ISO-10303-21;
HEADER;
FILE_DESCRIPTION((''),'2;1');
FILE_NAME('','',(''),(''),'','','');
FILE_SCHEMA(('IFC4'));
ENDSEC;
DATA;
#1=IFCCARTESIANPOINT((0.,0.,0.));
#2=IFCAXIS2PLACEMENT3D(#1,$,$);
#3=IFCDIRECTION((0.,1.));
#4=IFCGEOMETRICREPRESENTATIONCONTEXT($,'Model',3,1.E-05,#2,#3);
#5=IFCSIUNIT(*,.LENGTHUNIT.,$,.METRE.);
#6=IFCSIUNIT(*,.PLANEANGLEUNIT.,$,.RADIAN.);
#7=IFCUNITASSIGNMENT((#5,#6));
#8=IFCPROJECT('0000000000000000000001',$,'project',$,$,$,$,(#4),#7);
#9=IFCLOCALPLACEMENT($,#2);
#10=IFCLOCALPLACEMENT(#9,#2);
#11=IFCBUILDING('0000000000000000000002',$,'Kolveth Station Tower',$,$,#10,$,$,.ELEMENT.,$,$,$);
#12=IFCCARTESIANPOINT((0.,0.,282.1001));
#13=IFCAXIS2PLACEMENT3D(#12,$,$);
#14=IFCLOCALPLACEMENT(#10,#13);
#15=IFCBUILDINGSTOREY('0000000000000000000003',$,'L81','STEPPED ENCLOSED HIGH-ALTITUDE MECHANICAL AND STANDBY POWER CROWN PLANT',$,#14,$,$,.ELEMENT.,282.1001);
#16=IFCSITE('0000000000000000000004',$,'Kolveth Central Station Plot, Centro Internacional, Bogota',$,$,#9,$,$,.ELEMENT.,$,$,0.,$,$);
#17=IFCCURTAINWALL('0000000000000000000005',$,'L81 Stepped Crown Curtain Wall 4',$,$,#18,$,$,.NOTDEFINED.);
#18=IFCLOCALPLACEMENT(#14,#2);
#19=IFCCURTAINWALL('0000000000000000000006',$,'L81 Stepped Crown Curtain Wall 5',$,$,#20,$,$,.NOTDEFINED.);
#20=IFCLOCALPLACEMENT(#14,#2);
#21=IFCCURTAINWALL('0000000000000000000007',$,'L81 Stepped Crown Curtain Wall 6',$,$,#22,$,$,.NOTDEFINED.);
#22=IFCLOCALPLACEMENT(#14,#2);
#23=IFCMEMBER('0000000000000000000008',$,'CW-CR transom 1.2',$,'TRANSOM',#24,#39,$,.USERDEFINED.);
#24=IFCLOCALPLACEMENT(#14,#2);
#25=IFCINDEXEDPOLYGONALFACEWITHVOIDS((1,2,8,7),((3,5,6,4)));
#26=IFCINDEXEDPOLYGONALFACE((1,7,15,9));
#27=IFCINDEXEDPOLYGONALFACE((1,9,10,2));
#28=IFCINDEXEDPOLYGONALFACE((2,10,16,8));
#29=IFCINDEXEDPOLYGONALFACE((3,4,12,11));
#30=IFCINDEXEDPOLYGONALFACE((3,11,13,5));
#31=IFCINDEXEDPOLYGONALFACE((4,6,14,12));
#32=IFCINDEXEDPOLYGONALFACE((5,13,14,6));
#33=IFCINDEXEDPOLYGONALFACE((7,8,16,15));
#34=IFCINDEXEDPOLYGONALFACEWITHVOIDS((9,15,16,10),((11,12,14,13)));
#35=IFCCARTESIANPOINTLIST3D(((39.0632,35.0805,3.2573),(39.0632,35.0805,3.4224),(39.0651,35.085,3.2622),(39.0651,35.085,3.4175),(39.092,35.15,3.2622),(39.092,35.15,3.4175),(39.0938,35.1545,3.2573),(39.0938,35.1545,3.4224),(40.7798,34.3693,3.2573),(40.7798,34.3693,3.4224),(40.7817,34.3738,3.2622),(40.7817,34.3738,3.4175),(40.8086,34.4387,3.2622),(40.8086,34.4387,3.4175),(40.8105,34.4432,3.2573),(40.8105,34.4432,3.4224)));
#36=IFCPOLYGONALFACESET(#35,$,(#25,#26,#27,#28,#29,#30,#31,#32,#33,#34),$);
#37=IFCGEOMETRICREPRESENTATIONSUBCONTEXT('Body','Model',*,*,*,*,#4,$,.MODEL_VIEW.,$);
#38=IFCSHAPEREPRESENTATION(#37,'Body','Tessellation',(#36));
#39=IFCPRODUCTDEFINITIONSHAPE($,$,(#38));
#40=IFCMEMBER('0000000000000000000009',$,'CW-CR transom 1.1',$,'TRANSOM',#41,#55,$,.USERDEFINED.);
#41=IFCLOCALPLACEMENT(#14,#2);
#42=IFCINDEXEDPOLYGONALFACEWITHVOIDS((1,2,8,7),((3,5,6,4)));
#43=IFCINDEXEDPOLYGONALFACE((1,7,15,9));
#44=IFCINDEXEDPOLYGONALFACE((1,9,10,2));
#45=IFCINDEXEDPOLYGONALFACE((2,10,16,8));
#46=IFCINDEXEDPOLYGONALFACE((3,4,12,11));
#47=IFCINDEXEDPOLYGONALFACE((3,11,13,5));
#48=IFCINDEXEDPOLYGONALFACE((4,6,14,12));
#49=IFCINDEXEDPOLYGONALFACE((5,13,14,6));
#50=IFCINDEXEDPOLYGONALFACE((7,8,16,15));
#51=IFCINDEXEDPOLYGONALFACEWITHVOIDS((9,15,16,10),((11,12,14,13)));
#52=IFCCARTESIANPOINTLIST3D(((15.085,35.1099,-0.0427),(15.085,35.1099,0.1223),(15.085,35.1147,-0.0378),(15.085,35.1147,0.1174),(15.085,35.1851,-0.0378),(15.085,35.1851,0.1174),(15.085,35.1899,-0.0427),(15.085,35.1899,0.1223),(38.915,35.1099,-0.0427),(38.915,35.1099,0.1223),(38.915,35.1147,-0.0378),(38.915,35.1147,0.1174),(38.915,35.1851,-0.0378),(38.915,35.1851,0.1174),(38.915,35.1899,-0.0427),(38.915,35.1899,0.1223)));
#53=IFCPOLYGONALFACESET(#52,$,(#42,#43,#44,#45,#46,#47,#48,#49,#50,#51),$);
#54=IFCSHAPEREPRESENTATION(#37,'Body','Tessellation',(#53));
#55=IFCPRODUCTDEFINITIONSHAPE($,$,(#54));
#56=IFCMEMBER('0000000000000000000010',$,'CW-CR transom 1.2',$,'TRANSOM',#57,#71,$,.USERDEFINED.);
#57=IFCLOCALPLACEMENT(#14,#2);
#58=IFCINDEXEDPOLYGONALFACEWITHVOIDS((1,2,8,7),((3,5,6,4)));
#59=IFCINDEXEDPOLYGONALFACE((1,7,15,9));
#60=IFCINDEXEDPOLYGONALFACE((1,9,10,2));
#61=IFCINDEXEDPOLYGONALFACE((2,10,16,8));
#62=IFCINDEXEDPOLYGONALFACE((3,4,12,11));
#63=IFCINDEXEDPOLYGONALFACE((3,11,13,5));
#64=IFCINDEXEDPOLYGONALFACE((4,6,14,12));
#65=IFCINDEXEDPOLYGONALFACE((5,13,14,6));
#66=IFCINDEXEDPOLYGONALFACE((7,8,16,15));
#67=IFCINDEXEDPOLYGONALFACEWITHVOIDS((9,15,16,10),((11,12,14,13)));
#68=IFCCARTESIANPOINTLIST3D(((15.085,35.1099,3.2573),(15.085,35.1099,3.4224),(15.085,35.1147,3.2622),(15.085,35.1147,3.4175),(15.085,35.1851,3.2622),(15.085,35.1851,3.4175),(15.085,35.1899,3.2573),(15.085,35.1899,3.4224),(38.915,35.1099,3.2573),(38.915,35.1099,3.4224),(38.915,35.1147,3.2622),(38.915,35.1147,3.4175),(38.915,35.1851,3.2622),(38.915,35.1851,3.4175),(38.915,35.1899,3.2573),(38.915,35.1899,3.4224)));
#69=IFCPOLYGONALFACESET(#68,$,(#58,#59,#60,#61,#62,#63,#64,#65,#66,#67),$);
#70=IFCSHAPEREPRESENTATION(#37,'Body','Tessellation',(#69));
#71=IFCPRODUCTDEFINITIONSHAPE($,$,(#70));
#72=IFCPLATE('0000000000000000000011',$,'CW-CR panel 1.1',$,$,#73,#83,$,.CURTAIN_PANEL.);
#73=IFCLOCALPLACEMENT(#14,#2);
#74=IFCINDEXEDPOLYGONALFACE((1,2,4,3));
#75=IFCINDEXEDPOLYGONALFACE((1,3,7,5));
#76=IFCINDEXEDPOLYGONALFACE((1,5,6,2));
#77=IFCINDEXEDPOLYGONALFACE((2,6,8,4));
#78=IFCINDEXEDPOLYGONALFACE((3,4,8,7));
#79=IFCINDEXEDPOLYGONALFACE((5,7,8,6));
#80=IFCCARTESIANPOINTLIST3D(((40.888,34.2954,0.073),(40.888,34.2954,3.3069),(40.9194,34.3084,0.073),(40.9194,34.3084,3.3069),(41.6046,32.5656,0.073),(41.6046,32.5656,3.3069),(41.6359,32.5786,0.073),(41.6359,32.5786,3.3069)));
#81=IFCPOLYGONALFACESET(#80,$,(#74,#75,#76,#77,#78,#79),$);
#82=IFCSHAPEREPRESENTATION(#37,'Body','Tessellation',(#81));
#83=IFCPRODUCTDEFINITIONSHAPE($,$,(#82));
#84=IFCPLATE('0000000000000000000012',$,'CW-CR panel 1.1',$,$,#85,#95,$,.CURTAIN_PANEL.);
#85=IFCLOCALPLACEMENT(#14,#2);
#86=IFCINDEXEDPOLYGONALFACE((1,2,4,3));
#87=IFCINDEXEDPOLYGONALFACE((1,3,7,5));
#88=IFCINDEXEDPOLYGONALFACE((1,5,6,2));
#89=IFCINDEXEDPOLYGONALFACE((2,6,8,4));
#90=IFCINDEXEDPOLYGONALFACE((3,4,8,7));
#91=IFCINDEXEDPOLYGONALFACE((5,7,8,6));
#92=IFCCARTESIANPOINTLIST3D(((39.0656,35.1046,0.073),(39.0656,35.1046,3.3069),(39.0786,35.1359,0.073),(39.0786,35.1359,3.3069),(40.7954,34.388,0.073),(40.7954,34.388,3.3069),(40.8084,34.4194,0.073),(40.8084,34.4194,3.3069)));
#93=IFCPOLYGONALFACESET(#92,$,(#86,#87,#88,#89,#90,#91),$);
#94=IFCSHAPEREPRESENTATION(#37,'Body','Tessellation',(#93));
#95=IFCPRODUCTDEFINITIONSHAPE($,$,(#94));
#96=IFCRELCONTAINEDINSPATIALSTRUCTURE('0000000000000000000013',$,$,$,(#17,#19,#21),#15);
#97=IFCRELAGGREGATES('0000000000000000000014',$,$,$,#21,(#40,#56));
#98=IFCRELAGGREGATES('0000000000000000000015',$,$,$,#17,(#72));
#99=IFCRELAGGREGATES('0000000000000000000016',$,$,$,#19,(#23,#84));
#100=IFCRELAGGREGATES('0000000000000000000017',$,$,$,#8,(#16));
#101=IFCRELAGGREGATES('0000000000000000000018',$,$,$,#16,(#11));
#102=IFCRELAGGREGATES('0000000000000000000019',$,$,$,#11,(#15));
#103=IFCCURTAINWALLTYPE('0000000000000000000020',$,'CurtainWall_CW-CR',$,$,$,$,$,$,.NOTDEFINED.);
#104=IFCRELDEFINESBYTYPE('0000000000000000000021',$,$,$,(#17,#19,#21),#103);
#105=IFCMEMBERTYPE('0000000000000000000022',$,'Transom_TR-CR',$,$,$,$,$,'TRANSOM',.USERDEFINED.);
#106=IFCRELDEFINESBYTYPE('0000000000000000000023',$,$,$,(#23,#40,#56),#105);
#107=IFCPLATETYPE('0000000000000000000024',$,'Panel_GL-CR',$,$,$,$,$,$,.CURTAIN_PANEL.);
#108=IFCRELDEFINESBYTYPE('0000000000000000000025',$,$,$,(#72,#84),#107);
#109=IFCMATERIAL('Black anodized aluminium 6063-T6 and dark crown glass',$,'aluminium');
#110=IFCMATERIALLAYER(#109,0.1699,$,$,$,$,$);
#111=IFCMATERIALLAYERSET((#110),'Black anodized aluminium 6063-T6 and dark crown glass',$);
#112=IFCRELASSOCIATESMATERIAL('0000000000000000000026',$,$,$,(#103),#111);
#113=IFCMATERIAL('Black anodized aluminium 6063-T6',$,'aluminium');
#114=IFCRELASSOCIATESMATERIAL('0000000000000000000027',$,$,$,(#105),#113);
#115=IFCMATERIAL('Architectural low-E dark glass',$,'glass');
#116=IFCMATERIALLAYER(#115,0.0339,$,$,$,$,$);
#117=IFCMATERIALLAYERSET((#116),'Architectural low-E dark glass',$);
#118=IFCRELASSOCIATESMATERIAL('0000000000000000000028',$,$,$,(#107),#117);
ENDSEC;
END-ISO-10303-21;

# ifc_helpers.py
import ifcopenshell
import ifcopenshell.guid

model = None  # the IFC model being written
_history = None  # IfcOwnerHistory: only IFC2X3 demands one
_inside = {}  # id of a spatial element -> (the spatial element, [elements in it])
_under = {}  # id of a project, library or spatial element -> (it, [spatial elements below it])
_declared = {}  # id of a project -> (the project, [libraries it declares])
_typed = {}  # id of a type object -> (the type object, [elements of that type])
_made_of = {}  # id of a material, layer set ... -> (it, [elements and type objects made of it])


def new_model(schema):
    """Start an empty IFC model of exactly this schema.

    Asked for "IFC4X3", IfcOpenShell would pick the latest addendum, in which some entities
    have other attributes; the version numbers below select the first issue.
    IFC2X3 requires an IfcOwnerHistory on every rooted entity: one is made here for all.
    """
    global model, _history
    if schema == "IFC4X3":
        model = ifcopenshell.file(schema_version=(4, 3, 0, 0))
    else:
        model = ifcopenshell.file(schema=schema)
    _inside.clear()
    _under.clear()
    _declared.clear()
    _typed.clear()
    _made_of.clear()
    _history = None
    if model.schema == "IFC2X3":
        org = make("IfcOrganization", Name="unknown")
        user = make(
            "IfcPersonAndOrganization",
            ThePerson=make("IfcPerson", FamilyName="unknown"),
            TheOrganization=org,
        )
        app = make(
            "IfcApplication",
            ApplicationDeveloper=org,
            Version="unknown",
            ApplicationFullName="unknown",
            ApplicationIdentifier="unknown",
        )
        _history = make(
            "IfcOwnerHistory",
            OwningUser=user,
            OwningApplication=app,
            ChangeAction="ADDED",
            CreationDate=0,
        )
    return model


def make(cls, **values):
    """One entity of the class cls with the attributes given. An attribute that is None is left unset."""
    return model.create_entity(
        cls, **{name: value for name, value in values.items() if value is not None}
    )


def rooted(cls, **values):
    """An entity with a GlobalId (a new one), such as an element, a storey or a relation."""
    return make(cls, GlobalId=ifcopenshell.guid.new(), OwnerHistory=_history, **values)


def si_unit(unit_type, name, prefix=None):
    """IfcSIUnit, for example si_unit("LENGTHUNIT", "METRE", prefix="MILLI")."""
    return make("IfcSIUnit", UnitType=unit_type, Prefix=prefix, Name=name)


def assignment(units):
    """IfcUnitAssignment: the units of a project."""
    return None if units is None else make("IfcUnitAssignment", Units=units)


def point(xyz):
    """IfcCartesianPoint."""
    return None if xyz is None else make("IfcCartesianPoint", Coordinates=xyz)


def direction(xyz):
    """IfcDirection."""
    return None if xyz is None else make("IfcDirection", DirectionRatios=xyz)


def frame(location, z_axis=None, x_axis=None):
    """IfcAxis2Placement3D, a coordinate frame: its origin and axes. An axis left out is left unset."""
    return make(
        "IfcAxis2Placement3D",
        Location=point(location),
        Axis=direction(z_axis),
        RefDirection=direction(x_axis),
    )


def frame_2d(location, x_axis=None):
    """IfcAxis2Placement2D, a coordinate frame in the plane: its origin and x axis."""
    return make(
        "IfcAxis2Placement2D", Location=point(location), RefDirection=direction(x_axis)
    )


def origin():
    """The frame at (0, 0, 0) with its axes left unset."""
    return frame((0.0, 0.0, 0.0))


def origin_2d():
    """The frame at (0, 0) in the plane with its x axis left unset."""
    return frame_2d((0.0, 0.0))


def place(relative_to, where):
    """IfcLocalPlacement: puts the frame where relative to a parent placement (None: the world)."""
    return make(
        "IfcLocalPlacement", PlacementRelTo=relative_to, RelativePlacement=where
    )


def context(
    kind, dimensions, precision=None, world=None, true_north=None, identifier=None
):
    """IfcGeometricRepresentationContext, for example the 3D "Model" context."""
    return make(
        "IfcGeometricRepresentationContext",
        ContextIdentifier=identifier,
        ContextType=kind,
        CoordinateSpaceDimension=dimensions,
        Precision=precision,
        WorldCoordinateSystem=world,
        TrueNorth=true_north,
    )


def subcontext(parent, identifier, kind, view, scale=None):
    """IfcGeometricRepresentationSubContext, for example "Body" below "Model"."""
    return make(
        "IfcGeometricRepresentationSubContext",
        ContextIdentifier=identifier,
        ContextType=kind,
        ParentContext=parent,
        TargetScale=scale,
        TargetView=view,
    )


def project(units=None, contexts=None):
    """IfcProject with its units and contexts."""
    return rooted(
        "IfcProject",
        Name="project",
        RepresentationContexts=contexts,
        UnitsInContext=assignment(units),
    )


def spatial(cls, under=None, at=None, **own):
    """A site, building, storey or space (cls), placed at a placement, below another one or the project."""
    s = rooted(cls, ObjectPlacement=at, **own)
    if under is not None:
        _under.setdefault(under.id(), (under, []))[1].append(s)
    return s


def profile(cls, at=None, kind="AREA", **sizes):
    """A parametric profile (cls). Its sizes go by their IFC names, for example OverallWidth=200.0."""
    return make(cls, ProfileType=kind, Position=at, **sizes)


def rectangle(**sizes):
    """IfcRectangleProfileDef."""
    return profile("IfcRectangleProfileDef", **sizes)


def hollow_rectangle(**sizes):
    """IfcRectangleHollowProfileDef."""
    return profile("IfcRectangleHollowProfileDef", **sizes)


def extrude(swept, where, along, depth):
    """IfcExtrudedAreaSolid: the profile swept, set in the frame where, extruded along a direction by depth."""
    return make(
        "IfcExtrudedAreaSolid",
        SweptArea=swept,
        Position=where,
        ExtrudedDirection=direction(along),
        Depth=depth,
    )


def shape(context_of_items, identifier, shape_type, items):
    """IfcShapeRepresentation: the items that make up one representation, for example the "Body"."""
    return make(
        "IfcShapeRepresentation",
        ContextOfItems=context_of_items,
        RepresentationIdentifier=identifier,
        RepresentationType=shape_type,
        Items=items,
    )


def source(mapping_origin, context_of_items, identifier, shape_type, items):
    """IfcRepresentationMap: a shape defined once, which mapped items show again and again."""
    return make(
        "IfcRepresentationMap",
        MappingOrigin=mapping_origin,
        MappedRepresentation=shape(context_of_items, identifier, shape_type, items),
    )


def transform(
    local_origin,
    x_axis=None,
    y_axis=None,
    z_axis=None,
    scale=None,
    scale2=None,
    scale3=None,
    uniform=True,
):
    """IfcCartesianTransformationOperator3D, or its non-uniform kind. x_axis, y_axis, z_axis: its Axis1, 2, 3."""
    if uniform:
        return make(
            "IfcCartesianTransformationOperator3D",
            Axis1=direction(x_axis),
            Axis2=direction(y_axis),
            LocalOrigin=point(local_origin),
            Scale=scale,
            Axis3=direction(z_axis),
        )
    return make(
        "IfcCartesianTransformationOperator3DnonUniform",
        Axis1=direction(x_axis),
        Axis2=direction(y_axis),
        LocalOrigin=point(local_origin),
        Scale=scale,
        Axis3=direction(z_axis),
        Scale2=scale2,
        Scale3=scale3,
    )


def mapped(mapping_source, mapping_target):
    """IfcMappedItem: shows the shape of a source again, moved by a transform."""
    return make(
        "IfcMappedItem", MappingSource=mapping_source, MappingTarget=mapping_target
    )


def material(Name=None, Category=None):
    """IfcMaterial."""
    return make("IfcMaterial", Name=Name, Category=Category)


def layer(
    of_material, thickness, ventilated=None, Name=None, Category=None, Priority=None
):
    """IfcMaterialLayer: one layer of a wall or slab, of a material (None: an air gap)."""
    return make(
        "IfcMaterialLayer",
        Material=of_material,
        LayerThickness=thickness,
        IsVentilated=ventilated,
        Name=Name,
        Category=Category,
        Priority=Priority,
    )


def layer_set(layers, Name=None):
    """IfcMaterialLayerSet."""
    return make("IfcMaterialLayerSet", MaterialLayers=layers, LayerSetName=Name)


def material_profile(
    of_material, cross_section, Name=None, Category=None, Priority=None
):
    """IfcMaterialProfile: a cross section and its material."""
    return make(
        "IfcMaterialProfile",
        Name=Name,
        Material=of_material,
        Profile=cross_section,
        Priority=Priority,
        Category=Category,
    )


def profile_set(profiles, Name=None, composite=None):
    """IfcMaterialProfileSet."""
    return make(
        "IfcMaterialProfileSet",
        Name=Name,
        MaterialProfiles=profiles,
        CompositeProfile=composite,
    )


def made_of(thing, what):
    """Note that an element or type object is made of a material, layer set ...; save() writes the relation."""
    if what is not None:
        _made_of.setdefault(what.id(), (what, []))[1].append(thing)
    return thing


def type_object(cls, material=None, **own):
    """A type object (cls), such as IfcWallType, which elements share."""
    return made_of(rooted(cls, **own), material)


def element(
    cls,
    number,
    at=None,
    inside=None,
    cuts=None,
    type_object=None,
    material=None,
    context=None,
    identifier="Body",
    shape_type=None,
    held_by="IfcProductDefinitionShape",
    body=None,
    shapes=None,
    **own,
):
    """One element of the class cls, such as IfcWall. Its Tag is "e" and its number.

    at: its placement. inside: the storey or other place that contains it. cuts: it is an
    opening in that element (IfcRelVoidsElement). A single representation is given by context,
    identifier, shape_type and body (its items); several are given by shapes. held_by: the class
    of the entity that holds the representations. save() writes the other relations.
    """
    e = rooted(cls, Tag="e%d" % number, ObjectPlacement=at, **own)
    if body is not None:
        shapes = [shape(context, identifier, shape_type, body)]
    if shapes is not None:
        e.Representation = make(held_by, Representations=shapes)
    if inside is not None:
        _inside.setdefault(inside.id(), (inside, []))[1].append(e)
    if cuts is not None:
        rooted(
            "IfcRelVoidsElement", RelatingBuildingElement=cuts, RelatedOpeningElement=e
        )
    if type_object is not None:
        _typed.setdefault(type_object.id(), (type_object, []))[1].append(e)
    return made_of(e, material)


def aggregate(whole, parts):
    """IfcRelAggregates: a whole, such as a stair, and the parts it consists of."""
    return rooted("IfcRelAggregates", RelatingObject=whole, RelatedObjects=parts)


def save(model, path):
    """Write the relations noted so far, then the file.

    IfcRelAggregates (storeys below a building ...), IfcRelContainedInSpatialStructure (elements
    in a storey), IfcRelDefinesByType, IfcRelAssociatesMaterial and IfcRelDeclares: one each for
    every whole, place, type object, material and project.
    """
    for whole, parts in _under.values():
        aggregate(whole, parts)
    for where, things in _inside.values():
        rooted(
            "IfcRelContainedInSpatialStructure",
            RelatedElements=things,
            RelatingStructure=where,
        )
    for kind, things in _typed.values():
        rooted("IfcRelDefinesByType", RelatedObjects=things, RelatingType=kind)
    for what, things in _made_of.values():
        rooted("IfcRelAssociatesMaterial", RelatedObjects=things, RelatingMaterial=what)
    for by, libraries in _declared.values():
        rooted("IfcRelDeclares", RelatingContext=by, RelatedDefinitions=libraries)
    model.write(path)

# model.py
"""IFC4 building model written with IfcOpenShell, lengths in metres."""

from ifc_helpers import new_model, si_unit, direction, frame, origin, origin_2d, place, context, subcontext, project, spatial, rectangle, hollow_rectangle, extrude, source, transform, mapped, material, layer, layer_set, material_profile, profile_set, type_object, element, aggregate, save


model = new_model("IFC4")

# Units and contexts
model_context = context("Model", 3, precision=1e-05, world=origin(), true_north=direction((0.0, 1.0)))
body_context = subcontext(model_context, "Body", "Model", "MODEL_VIEW")
ifc_project = project(units=[si_unit("LENGTHUNIT", "METRE"), si_unit("PLANEANGLEUNIT", "RADIAN")], contexts=[model_context])

# Site, building, storey
site_placement = place(None, origin())
site = spatial("IfcSite", under=ifc_project, at=site_placement, Name="Kolveth Central Station Plot, Centro Internacional, Bogota", CompositionType="ELEMENT", RefElevation=0.0)
building_placement = place(site_placement, origin())
building = spatial("IfcBuilding", under=site, at=building_placement, Name="Kolveth Station Tower", CompositionType="ELEMENT")
storey_placement = place(building_placement, frame((0.0, 0.0, 282.1001)))
storey = spatial("IfcBuildingStorey", under=building, at=storey_placement, Name="L81", Description="STEPPED ENCLOSED HIGH-ALTITUDE MECHANICAL AND STANDBY POWER CROWN PLANT", CompositionType="ELEMENT", Elevation=282.1001)

# Shared definitions
ifc_material_1 = material(Name="Black anodized aluminium 6063-T6 and dark crown glass", Category="aluminium")
ifc_layer_1 = layer(ifc_material_1, 0.1699)
ifc_layer_set_1 = layer_set([ifc_layer_1], Name="Black anodized aluminium 6063-T6 and dark crown glass")
curtain_wall_type = type_object("IfcCurtainWallType", Name="CurtainWall_CW-CR", PredefinedType="NOTDEFINED", material=ifc_layer_set_1)
ifc_material_2 = material(Name="Black anodized aluminium 6063-T6", Category="aluminium")

# Curtain walls
curtain_wall_1_placement = place(storey_placement, origin())
curtain_wall_1 = element("IfcCurtainWall", 1, at=curtain_wall_1_placement, inside=storey, type_object=curtain_wall_type, Name="L81 Stepped Crown Curtain Wall 4", PredefinedType="NOTDEFINED")
curtain_wall_2_placement = place(storey_placement, origin())
curtain_wall_2 = element("IfcCurtainWall", 2, at=curtain_wall_2_placement, inside=storey, type_object=curtain_wall_type, Name="L81 Stepped Crown Curtain Wall 5", PredefinedType="NOTDEFINED")

# Curtain wall
curtain_wall_3_placement = place(storey_placement, origin())
curtain_wall_3 = element("IfcCurtainWall", 3, at=curtain_wall_3_placement, inside=storey, type_object=curtain_wall_type, Name="L81 Stepped Crown Curtain Wall 6", PredefinedType="NOTDEFINED")

# Members
ifc_material_profile_1 = material_profile(ifc_material_2, hollow_rectangle(XDim=0.0801, YDim=0.165, WallThickness=0.0049, at=origin_2d()), Name="ALU-80x165x5")
ifc_profile_set_1 = profile_set([ifc_material_profile_1], Name="Black anodized aluminium 6063-T6")
member_type_1 = type_object("IfcMemberType", Name="Transom_TR-CR", ElementType="TRANSOM", PredefinedType="USERDEFINED", material=ifc_profile_set_1)
shared_shape_1 = source(origin(), body_context, "Body", "SweptSolid", [
    extrude(hollow_rectangle(XDim=0.0801, YDim=0.165, WallThickness=0.0049, at=origin_2d()), origin(), (0.0, 0.0, 1.0), 1.8582),
])
member_1_placement = place(storey_placement, frame((40.7952, 34.4062, 3.3398), z_axis=(-0.923849, 0.382758, 0.0), x_axis=(-0.382758, -0.923849, 0.0)))
member_1 = element("IfcMember", 4, at=member_1_placement, type_object=member_type_1, Name="CW-CR transom 1.2", ObjectType="TRANSOM", PredefinedType="USERDEFINED", context=body_context, shape_type="MappedRepresentation", body=[
    mapped(shared_shape_1, transform((0.0, 0.0, 0.0), x_axis=(1.0, 0.0, 0.0), y_axis=(0.0, 1.0, 0.0), z_axis=(0.0, 0.0, 1.0), scale=1.0)),
])
shared_shape_2 = source(origin(), body_context, "Body", "SweptSolid", [
    extrude(hollow_rectangle(XDim=0.0801, YDim=0.165, WallThickness=0.0049, at=origin_2d()), origin(), (0.0, 0.0, 1.0), 23.8301),
])
member_2_placement = place(storey_placement, frame((38.915, 35.1499, 0.0398), z_axis=(-1.0, 0.0, 0.0), x_axis=(0.0, -1.0, 0.0)))
member_2 = element("IfcMember", 5, at=member_2_placement, type_object=member_type_1, Name="CW-CR transom 1.1", ObjectType="TRANSOM", PredefinedType="USERDEFINED", context=body_context, shape_type="MappedRepresentation", body=[
    mapped(shared_shape_2, transform((0.0, 0.0, 0.0), x_axis=(1.0, 0.0, 0.0), y_axis=(0.0, 1.0, 0.0), z_axis=(0.0, 0.0, 1.0), scale=1.0)),
])
member_3_placement = place(storey_placement, frame((38.915, 35.1499, 3.3398), z_axis=(-1.0, 0.0, 0.0), x_axis=(0.0, -1.0, 0.0)))
member_3 = element("IfcMember", 6, at=member_3_placement, type_object=member_type_1, Name="CW-CR transom 1.2", ObjectType="TRANSOM", PredefinedType="USERDEFINED", context=body_context, shape_type="MappedRepresentation", body=[
    mapped(shared_shape_2, transform((0.0, 0.0, 0.0), x_axis=(1.0, 0.0, 0.0), y_axis=(0.0, 1.0, 0.0), z_axis=(0.0, 0.0, 1.0), scale=1.0)),
])
aggregate(curtain_wall_3, [member_2, member_3])

# Plates
ifc_material_3 = material(Name="Architectural low-E dark glass", Category="glass")
ifc_layer_2 = layer(ifc_material_3, 0.0339)
ifc_layer_set_2 = layer_set([ifc_layer_2], Name="Architectural low-E dark glass")
plate_type = type_object("IfcPlateType", Name="Panel_GL-CR", PredefinedType="CURTAIN_PANEL", material=ifc_layer_set_2)
shared_shape_3 = source(origin(), body_context, "Body", "SweptSolid", [
    extrude(rectangle(XDim=1.8723, YDim=0.0339, at=origin_2d()), origin(), (0.0, 0.0, 1.0), 3.2339),
])
plate_1_placement = place(storey_placement, frame((41.262, 33.437, 0.073), z_axis=(0.0, 0.0, 1.0), x_axis=(-0.382703, 0.923871, 0.0)))
plate_1 = element("IfcPlate", 7, at=plate_1_placement, type_object=plate_type, Name="CW-CR panel 1.1", PredefinedType="CURTAIN_PANEL", context=body_context, shape_type="MappedRepresentation", body=[
    mapped(shared_shape_3, transform((0.0, 0.0, 0.0), x_axis=(1.0, 0.0, 0.0), y_axis=(0.0, 1.0, 0.0), z_axis=(0.0, 0.0, 1.0), scale=1.0)),
])
aggregate(curtain_wall_1, [plate_1])
plate_2_placement = place(storey_placement, frame((39.937, 34.762, 0.073), z_axis=(0.0, 0.0, 1.0), x_axis=(-0.923871, 0.382703, 0.0)))
plate_2 = element("IfcPlate", 8, at=plate_2_placement, type_object=plate_type, Name="CW-CR panel 1.1", PredefinedType="CURTAIN_PANEL", context=body_context, shape_type="MappedRepresentation", body=[
    mapped(shared_shape_3, transform((0.0, 0.0, 0.0), x_axis=(1.0, 0.0, 0.0), y_axis=(0.0, 1.0, 0.0), z_axis=(0.0, 0.0, 1.0), scale=1.0)),
])
aggregate(curtain_wall_2, [member_1, plate_2])

save(model, "model.ifc")
